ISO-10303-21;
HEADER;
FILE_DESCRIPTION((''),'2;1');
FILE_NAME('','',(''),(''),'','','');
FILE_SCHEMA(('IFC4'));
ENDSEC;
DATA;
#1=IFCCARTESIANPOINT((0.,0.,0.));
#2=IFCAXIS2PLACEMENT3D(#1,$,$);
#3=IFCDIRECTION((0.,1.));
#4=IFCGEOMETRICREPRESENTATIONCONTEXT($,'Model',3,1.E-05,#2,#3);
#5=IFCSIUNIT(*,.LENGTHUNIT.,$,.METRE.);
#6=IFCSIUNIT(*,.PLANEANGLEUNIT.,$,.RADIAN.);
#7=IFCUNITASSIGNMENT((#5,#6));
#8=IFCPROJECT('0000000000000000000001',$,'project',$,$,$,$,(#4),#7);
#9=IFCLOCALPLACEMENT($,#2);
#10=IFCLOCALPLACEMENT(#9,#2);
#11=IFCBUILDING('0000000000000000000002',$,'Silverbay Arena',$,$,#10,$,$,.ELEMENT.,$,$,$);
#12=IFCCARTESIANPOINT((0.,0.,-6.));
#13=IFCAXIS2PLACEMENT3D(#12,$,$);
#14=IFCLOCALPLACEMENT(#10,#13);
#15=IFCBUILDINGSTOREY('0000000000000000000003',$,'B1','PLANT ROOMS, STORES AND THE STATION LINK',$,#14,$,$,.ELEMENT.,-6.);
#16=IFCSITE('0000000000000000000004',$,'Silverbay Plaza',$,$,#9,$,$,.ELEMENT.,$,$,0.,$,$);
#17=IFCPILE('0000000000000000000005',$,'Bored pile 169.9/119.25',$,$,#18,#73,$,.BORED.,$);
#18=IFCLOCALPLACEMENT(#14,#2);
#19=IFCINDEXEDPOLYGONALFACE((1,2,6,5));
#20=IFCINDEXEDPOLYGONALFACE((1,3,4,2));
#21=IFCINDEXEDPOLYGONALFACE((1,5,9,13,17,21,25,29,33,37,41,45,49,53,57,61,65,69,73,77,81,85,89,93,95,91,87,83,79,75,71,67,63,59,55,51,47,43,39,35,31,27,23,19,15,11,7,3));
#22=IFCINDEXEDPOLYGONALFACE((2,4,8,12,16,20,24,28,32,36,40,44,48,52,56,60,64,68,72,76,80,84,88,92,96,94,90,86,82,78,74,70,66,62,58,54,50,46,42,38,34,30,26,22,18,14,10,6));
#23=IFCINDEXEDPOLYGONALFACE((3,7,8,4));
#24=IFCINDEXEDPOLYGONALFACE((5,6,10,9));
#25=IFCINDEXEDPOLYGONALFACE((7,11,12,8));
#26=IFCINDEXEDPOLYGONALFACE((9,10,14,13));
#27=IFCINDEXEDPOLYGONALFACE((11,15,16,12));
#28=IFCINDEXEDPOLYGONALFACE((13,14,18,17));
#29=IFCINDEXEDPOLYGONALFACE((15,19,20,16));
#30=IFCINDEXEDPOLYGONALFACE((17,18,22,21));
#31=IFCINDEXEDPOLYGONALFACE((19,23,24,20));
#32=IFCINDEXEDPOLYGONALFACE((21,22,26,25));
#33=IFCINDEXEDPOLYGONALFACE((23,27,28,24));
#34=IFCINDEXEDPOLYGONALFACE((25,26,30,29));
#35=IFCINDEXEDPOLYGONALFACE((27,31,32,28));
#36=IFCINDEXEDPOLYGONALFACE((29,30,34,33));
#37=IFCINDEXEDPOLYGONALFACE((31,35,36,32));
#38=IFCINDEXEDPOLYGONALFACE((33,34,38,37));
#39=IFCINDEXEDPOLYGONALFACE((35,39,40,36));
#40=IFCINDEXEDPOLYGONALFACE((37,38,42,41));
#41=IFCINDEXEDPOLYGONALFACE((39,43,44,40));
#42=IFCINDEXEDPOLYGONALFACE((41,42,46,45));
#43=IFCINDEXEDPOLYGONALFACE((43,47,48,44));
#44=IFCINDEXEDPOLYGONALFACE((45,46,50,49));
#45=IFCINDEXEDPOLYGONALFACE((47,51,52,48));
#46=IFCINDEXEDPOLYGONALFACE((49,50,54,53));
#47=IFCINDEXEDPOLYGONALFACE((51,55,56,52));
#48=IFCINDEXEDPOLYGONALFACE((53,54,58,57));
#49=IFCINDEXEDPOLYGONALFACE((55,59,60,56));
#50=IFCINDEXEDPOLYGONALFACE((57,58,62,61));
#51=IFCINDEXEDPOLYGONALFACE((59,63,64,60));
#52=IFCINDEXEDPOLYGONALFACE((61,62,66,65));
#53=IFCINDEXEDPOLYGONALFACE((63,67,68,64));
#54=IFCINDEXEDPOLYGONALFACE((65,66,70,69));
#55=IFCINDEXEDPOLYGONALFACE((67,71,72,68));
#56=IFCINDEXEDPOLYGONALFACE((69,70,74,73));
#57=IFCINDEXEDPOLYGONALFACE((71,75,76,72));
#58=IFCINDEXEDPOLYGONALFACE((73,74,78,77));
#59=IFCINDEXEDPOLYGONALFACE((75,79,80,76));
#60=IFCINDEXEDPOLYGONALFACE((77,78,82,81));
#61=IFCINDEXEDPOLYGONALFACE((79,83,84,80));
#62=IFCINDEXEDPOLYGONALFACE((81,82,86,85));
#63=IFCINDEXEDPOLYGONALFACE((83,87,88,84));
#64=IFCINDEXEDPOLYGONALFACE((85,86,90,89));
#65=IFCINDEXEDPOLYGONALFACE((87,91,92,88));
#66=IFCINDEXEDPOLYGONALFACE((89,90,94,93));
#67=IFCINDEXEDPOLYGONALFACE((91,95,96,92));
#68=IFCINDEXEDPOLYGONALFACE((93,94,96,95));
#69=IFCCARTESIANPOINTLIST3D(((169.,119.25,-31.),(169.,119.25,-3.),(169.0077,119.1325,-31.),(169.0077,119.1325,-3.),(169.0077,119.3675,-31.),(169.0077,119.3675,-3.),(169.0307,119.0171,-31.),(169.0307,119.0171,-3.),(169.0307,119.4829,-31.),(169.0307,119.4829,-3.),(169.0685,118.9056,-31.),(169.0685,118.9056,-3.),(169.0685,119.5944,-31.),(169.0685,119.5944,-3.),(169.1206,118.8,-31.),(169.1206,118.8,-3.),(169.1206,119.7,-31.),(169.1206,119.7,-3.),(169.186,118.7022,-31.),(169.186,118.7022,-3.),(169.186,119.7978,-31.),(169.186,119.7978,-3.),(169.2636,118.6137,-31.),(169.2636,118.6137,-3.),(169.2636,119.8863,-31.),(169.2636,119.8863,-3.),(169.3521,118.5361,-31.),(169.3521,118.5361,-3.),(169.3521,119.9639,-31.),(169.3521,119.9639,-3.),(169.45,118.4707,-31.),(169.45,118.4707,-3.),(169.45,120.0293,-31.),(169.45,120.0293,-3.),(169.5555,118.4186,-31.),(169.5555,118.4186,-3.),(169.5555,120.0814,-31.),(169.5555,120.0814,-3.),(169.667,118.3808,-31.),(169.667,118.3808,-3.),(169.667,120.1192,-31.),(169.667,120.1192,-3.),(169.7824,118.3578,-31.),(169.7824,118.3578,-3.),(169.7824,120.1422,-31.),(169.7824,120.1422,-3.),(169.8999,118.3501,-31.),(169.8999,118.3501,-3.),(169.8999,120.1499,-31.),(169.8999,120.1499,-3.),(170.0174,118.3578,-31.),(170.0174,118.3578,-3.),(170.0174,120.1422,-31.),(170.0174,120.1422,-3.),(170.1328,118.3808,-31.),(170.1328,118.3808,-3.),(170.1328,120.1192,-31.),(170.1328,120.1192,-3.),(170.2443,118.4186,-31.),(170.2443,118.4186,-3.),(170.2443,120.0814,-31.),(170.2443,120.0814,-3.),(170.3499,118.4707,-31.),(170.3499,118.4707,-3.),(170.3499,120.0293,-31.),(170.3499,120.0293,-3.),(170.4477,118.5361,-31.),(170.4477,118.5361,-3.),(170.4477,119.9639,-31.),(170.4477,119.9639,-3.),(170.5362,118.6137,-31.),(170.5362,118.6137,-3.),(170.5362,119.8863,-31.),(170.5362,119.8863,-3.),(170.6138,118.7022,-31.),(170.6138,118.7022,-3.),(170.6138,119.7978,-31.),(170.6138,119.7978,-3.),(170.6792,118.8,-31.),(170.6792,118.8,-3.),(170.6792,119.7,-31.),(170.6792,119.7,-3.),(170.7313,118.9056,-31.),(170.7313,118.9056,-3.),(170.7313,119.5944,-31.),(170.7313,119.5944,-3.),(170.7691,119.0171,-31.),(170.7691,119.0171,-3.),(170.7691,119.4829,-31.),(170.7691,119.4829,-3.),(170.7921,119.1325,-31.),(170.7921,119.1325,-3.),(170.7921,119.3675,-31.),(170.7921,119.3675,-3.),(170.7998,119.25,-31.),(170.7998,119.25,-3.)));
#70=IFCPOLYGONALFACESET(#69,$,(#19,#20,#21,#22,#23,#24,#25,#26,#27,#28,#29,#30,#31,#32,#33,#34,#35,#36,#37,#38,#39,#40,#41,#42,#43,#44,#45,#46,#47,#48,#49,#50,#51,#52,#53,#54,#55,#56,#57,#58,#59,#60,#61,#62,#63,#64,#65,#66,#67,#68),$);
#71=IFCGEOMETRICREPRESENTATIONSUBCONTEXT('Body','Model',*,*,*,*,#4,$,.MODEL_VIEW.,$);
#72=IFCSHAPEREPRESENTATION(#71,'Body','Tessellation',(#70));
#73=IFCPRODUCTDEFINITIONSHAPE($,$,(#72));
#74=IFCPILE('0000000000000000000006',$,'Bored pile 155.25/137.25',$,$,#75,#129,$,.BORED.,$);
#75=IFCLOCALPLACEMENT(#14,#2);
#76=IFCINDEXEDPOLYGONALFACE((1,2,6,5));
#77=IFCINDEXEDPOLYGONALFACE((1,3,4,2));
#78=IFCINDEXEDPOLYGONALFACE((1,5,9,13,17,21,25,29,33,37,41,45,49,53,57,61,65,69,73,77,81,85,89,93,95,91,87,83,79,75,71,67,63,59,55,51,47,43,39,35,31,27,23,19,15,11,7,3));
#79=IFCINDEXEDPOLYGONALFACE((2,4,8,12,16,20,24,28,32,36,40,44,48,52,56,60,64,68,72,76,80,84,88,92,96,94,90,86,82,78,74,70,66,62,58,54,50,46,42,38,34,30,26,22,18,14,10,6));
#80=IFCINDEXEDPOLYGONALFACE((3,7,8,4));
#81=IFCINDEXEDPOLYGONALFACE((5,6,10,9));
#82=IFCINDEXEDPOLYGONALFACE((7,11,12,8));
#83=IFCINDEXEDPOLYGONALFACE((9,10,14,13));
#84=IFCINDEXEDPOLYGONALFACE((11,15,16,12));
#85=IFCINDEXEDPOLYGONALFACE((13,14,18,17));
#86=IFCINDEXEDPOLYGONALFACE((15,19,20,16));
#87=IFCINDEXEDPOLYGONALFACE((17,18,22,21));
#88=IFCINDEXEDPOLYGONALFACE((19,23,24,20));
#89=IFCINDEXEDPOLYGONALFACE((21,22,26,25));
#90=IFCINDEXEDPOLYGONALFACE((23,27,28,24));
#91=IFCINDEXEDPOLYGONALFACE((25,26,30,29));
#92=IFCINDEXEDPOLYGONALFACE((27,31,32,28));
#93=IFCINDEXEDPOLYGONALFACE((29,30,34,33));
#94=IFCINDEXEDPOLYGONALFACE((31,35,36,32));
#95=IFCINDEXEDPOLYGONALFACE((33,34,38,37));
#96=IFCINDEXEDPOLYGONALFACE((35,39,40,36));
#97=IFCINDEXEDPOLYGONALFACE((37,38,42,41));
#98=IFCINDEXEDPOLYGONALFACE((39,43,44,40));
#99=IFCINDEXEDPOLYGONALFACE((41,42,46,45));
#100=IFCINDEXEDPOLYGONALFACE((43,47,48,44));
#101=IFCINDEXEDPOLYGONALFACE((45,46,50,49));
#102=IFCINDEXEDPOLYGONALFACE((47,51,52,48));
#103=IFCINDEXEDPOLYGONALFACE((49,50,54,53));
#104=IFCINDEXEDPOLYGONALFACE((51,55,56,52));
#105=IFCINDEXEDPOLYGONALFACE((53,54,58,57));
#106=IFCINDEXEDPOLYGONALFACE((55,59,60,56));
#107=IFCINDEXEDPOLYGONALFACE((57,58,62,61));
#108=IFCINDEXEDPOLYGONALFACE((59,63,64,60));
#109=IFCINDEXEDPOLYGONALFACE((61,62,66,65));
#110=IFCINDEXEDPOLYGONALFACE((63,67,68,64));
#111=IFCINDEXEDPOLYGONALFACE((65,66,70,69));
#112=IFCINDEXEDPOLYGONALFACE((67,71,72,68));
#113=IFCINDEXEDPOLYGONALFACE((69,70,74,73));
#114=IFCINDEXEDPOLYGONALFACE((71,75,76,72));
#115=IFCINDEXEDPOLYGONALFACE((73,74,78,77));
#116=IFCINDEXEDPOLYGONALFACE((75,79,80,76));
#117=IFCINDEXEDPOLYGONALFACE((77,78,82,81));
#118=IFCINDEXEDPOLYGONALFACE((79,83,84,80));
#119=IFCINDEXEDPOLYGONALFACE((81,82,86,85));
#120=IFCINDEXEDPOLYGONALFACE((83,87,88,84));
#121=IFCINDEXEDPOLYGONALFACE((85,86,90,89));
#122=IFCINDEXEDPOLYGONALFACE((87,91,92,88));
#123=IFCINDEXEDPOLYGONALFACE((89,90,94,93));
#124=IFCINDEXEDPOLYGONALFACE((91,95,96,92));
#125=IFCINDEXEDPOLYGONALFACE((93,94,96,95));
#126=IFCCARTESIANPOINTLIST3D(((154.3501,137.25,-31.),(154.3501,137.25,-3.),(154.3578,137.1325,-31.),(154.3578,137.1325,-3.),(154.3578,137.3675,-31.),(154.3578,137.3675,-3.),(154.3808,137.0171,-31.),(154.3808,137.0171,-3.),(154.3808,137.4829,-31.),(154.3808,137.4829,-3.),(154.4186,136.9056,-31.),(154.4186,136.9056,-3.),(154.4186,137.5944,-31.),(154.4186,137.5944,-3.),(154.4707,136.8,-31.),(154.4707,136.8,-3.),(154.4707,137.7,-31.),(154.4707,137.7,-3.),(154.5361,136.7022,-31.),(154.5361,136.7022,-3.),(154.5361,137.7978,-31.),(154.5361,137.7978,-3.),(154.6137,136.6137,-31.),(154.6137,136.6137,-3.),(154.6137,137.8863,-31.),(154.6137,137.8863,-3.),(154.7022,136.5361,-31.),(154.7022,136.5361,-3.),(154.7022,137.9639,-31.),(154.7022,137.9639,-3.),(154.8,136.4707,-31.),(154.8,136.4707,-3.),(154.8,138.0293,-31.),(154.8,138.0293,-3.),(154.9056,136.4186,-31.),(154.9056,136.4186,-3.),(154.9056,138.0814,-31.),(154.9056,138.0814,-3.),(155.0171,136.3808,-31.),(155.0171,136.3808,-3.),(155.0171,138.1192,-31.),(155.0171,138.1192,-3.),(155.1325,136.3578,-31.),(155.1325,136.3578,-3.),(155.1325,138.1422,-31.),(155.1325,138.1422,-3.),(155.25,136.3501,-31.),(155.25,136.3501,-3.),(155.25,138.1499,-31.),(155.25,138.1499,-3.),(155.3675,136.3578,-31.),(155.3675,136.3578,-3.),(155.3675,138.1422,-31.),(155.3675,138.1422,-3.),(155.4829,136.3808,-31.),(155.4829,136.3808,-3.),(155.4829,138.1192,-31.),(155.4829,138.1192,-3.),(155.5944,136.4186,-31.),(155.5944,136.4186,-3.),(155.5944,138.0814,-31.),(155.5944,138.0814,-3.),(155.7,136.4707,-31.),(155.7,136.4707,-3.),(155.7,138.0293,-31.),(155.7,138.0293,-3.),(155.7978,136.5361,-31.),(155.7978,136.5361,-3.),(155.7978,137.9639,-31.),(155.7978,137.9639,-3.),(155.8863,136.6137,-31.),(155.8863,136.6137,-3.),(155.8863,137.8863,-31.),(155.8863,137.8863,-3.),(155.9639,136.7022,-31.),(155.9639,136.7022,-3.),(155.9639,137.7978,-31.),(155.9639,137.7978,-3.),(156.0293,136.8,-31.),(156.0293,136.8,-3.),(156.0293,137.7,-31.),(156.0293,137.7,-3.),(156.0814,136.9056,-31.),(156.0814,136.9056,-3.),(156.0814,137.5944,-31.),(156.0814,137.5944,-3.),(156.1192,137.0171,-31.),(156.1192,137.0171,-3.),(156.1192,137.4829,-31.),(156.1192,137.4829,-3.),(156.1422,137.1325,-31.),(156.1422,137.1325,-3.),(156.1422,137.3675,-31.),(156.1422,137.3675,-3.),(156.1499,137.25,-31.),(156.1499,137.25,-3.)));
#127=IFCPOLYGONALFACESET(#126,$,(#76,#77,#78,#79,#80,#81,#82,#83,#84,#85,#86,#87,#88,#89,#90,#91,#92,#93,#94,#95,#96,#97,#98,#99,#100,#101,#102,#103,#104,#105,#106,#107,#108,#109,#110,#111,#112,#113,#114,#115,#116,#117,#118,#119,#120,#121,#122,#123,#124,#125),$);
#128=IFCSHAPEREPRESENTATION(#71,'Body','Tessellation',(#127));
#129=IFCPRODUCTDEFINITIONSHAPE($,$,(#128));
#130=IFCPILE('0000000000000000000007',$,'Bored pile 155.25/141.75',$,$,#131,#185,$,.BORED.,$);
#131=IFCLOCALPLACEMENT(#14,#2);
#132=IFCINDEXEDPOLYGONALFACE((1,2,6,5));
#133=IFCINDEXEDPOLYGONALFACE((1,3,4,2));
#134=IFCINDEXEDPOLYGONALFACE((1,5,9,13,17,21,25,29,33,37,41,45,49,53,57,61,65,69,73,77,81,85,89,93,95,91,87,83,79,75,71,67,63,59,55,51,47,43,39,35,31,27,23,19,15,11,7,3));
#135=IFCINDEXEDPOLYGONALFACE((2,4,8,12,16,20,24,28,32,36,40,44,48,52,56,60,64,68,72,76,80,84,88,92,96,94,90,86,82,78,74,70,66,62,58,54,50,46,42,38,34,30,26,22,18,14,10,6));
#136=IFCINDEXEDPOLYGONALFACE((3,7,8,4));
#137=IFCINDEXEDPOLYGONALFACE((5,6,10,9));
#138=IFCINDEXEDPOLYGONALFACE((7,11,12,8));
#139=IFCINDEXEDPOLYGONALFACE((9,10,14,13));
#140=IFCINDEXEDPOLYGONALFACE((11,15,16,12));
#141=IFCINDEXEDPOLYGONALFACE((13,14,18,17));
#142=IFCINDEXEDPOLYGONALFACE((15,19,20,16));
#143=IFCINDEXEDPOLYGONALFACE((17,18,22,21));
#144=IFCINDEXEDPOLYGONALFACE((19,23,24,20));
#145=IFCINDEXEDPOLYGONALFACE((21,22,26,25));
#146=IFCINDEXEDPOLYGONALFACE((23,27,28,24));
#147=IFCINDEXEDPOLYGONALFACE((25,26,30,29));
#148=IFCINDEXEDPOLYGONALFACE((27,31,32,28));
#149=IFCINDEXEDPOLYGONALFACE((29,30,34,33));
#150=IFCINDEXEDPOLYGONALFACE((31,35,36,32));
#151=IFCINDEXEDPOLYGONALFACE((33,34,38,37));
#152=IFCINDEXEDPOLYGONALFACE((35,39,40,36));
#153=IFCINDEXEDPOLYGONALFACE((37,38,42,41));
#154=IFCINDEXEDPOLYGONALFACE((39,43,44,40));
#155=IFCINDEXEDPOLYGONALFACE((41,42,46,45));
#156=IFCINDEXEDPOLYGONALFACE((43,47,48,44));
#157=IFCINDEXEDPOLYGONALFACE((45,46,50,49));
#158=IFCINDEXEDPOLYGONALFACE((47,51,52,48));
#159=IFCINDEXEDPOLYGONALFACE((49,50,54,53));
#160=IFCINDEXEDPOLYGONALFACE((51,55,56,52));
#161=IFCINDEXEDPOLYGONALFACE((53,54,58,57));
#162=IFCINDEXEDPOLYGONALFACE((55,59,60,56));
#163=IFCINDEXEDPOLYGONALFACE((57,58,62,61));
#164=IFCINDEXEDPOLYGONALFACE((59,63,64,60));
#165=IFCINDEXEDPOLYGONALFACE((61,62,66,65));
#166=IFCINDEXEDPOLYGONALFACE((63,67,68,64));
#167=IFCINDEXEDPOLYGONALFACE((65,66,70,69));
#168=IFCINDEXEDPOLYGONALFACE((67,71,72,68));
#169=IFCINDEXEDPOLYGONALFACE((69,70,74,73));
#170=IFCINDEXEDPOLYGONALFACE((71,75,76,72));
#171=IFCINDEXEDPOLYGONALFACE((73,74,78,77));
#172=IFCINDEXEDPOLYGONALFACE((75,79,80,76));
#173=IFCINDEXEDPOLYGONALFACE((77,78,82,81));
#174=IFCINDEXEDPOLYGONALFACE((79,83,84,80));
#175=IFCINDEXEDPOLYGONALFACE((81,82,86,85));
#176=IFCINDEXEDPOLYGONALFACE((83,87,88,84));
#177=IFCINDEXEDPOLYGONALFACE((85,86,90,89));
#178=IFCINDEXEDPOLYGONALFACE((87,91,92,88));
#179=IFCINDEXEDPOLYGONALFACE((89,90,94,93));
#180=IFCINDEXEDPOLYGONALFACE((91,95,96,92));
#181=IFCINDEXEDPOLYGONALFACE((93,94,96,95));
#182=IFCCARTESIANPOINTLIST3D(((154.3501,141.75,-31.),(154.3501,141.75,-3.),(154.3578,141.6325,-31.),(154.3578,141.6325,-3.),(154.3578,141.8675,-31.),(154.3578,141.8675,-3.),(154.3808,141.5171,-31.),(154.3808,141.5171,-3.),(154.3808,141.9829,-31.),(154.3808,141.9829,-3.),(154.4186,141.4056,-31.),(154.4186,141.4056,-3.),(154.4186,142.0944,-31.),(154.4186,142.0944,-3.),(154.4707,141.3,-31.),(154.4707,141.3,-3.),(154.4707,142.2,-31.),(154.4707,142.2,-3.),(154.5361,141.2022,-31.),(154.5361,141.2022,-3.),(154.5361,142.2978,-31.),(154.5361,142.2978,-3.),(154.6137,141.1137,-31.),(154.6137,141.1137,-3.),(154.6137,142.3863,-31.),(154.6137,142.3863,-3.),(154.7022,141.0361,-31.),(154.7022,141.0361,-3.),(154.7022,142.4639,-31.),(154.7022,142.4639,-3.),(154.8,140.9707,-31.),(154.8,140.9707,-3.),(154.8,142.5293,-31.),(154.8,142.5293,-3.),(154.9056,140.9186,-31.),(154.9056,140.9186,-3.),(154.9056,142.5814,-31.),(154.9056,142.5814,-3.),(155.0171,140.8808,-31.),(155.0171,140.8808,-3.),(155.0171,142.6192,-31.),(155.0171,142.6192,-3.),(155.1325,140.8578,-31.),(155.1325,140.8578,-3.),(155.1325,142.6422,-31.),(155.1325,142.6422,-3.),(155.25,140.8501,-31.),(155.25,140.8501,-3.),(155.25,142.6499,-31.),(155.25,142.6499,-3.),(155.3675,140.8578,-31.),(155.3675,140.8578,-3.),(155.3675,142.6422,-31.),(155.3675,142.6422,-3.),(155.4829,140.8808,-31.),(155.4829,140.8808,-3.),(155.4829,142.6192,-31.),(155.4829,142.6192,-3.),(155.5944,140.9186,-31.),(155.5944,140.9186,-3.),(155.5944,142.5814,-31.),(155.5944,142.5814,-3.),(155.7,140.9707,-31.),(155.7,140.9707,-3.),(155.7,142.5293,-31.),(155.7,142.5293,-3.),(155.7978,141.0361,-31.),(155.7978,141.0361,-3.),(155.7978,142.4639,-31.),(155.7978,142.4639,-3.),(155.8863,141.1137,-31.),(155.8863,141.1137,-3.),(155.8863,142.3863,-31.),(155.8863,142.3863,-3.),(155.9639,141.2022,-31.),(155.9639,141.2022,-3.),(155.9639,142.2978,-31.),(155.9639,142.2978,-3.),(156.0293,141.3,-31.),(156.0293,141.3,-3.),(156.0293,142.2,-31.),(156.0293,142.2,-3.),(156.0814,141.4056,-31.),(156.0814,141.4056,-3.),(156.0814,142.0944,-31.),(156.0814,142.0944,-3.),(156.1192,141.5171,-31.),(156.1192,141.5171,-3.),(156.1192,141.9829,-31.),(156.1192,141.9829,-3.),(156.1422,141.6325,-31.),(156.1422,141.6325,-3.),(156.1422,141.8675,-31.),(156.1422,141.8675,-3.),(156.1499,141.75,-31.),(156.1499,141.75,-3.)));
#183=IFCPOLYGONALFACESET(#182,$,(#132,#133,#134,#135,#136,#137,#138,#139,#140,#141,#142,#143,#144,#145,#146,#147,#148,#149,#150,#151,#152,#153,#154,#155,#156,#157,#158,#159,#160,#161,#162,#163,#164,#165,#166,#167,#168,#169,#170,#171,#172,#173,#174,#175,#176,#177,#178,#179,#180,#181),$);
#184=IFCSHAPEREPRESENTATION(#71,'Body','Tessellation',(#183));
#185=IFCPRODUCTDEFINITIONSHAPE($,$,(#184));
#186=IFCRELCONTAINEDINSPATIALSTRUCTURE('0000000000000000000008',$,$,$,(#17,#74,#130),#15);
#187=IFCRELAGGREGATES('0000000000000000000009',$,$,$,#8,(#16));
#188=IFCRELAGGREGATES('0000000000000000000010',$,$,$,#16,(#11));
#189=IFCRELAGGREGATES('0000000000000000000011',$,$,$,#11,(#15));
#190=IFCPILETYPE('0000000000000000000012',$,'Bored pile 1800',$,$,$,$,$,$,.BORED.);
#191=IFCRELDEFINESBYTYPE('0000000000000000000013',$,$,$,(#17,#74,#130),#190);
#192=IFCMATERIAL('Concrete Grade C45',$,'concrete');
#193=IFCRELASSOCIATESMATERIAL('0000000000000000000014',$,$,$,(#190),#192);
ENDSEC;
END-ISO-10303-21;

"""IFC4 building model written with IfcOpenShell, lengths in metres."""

from ifc_helpers import new_model, si_unit, direction, frame, origin, origin_2d, place, context, subcontext, project, spatial, circle, extrude, material, material_profile, profile_set, type_object, element, save


model = new_model("IFC4")

# Units and contexts
model_context = context("Model", 3, precision=1e-05, world=origin(), true_north=direction((0.0, 1.0)))
body_context = subcontext(model_context, "Body", "Model", "MODEL_VIEW")
ifc_project = project(units=[si_unit("LENGTHUNIT", "METRE"), si_unit("PLANEANGLEUNIT", "RADIAN")], contexts=[model_context])

# Site, building, storey
site_placement = place(None, origin())
site = spatial("IfcSite", under=ifc_project, at=site_placement, Name="Silverbay Plaza", CompositionType="ELEMENT", RefElevation=0.0)
building_placement = place(site_placement, origin())
building = spatial("IfcBuilding", under=site, at=building_placement, Name="Silverbay Arena", CompositionType="ELEMENT")
storey_placement = place(building_placement, frame((0.0, 0.0, -6.0)))
storey = spatial("IfcBuildingStorey", under=building, at=storey_placement, Name="B1", Description="PLANT ROOMS, STORES AND THE STATION LINK", CompositionType="ELEMENT", Elevation=-6.0)

# Piles
ifc_material_1 = material(Name="Concrete Grade C45", Category="concrete")
ifc_material_profile_1 = material_profile(ifc_material_1, circle(Radius=0.8999, at=origin_2d()), Name="Bored pile 1800")
ifc_profile_set_1 = profile_set([ifc_material_profile_1], Name="Concrete Grade C45")
pile_type_1 = type_object("IfcPileType", Name="Bored pile 1800", PredefinedType="BORED", material=ifc_profile_set_1)
for number, where, z_axis, x_axis, name in (
    (1, (169.8999, 119.25, -3.0), (0.0, 0.0, -1.0), (1.0, 0.0, 0.0), "Bored pile 169.9/119.25"),
    (2, (155.25, 137.25, -3.0), (0.0, 0.0, -1.0), (1.0, 0.0, 0.0), "Bored pile 155.25/137.25"),
    (3, (155.25, 141.75, -3.0), (0.0, 0.0, -1.0), (1.0, 0.0, 0.0), "Bored pile 155.25/141.75"),
):
    element("IfcPile", number, at=place(storey_placement, frame(where, z_axis=z_axis, x_axis=x_axis)), inside=storey, type_object=pile_type_1, Name=name, PredefinedType="BORED", context=body_context, shape_type="SweptSolid", body=[
        extrude(circle(Radius=0.8999, at=origin_2d()), origin(), (0.0, 0.0, 1.0), 28.0),
    ])

save(model, "model.ifc")
